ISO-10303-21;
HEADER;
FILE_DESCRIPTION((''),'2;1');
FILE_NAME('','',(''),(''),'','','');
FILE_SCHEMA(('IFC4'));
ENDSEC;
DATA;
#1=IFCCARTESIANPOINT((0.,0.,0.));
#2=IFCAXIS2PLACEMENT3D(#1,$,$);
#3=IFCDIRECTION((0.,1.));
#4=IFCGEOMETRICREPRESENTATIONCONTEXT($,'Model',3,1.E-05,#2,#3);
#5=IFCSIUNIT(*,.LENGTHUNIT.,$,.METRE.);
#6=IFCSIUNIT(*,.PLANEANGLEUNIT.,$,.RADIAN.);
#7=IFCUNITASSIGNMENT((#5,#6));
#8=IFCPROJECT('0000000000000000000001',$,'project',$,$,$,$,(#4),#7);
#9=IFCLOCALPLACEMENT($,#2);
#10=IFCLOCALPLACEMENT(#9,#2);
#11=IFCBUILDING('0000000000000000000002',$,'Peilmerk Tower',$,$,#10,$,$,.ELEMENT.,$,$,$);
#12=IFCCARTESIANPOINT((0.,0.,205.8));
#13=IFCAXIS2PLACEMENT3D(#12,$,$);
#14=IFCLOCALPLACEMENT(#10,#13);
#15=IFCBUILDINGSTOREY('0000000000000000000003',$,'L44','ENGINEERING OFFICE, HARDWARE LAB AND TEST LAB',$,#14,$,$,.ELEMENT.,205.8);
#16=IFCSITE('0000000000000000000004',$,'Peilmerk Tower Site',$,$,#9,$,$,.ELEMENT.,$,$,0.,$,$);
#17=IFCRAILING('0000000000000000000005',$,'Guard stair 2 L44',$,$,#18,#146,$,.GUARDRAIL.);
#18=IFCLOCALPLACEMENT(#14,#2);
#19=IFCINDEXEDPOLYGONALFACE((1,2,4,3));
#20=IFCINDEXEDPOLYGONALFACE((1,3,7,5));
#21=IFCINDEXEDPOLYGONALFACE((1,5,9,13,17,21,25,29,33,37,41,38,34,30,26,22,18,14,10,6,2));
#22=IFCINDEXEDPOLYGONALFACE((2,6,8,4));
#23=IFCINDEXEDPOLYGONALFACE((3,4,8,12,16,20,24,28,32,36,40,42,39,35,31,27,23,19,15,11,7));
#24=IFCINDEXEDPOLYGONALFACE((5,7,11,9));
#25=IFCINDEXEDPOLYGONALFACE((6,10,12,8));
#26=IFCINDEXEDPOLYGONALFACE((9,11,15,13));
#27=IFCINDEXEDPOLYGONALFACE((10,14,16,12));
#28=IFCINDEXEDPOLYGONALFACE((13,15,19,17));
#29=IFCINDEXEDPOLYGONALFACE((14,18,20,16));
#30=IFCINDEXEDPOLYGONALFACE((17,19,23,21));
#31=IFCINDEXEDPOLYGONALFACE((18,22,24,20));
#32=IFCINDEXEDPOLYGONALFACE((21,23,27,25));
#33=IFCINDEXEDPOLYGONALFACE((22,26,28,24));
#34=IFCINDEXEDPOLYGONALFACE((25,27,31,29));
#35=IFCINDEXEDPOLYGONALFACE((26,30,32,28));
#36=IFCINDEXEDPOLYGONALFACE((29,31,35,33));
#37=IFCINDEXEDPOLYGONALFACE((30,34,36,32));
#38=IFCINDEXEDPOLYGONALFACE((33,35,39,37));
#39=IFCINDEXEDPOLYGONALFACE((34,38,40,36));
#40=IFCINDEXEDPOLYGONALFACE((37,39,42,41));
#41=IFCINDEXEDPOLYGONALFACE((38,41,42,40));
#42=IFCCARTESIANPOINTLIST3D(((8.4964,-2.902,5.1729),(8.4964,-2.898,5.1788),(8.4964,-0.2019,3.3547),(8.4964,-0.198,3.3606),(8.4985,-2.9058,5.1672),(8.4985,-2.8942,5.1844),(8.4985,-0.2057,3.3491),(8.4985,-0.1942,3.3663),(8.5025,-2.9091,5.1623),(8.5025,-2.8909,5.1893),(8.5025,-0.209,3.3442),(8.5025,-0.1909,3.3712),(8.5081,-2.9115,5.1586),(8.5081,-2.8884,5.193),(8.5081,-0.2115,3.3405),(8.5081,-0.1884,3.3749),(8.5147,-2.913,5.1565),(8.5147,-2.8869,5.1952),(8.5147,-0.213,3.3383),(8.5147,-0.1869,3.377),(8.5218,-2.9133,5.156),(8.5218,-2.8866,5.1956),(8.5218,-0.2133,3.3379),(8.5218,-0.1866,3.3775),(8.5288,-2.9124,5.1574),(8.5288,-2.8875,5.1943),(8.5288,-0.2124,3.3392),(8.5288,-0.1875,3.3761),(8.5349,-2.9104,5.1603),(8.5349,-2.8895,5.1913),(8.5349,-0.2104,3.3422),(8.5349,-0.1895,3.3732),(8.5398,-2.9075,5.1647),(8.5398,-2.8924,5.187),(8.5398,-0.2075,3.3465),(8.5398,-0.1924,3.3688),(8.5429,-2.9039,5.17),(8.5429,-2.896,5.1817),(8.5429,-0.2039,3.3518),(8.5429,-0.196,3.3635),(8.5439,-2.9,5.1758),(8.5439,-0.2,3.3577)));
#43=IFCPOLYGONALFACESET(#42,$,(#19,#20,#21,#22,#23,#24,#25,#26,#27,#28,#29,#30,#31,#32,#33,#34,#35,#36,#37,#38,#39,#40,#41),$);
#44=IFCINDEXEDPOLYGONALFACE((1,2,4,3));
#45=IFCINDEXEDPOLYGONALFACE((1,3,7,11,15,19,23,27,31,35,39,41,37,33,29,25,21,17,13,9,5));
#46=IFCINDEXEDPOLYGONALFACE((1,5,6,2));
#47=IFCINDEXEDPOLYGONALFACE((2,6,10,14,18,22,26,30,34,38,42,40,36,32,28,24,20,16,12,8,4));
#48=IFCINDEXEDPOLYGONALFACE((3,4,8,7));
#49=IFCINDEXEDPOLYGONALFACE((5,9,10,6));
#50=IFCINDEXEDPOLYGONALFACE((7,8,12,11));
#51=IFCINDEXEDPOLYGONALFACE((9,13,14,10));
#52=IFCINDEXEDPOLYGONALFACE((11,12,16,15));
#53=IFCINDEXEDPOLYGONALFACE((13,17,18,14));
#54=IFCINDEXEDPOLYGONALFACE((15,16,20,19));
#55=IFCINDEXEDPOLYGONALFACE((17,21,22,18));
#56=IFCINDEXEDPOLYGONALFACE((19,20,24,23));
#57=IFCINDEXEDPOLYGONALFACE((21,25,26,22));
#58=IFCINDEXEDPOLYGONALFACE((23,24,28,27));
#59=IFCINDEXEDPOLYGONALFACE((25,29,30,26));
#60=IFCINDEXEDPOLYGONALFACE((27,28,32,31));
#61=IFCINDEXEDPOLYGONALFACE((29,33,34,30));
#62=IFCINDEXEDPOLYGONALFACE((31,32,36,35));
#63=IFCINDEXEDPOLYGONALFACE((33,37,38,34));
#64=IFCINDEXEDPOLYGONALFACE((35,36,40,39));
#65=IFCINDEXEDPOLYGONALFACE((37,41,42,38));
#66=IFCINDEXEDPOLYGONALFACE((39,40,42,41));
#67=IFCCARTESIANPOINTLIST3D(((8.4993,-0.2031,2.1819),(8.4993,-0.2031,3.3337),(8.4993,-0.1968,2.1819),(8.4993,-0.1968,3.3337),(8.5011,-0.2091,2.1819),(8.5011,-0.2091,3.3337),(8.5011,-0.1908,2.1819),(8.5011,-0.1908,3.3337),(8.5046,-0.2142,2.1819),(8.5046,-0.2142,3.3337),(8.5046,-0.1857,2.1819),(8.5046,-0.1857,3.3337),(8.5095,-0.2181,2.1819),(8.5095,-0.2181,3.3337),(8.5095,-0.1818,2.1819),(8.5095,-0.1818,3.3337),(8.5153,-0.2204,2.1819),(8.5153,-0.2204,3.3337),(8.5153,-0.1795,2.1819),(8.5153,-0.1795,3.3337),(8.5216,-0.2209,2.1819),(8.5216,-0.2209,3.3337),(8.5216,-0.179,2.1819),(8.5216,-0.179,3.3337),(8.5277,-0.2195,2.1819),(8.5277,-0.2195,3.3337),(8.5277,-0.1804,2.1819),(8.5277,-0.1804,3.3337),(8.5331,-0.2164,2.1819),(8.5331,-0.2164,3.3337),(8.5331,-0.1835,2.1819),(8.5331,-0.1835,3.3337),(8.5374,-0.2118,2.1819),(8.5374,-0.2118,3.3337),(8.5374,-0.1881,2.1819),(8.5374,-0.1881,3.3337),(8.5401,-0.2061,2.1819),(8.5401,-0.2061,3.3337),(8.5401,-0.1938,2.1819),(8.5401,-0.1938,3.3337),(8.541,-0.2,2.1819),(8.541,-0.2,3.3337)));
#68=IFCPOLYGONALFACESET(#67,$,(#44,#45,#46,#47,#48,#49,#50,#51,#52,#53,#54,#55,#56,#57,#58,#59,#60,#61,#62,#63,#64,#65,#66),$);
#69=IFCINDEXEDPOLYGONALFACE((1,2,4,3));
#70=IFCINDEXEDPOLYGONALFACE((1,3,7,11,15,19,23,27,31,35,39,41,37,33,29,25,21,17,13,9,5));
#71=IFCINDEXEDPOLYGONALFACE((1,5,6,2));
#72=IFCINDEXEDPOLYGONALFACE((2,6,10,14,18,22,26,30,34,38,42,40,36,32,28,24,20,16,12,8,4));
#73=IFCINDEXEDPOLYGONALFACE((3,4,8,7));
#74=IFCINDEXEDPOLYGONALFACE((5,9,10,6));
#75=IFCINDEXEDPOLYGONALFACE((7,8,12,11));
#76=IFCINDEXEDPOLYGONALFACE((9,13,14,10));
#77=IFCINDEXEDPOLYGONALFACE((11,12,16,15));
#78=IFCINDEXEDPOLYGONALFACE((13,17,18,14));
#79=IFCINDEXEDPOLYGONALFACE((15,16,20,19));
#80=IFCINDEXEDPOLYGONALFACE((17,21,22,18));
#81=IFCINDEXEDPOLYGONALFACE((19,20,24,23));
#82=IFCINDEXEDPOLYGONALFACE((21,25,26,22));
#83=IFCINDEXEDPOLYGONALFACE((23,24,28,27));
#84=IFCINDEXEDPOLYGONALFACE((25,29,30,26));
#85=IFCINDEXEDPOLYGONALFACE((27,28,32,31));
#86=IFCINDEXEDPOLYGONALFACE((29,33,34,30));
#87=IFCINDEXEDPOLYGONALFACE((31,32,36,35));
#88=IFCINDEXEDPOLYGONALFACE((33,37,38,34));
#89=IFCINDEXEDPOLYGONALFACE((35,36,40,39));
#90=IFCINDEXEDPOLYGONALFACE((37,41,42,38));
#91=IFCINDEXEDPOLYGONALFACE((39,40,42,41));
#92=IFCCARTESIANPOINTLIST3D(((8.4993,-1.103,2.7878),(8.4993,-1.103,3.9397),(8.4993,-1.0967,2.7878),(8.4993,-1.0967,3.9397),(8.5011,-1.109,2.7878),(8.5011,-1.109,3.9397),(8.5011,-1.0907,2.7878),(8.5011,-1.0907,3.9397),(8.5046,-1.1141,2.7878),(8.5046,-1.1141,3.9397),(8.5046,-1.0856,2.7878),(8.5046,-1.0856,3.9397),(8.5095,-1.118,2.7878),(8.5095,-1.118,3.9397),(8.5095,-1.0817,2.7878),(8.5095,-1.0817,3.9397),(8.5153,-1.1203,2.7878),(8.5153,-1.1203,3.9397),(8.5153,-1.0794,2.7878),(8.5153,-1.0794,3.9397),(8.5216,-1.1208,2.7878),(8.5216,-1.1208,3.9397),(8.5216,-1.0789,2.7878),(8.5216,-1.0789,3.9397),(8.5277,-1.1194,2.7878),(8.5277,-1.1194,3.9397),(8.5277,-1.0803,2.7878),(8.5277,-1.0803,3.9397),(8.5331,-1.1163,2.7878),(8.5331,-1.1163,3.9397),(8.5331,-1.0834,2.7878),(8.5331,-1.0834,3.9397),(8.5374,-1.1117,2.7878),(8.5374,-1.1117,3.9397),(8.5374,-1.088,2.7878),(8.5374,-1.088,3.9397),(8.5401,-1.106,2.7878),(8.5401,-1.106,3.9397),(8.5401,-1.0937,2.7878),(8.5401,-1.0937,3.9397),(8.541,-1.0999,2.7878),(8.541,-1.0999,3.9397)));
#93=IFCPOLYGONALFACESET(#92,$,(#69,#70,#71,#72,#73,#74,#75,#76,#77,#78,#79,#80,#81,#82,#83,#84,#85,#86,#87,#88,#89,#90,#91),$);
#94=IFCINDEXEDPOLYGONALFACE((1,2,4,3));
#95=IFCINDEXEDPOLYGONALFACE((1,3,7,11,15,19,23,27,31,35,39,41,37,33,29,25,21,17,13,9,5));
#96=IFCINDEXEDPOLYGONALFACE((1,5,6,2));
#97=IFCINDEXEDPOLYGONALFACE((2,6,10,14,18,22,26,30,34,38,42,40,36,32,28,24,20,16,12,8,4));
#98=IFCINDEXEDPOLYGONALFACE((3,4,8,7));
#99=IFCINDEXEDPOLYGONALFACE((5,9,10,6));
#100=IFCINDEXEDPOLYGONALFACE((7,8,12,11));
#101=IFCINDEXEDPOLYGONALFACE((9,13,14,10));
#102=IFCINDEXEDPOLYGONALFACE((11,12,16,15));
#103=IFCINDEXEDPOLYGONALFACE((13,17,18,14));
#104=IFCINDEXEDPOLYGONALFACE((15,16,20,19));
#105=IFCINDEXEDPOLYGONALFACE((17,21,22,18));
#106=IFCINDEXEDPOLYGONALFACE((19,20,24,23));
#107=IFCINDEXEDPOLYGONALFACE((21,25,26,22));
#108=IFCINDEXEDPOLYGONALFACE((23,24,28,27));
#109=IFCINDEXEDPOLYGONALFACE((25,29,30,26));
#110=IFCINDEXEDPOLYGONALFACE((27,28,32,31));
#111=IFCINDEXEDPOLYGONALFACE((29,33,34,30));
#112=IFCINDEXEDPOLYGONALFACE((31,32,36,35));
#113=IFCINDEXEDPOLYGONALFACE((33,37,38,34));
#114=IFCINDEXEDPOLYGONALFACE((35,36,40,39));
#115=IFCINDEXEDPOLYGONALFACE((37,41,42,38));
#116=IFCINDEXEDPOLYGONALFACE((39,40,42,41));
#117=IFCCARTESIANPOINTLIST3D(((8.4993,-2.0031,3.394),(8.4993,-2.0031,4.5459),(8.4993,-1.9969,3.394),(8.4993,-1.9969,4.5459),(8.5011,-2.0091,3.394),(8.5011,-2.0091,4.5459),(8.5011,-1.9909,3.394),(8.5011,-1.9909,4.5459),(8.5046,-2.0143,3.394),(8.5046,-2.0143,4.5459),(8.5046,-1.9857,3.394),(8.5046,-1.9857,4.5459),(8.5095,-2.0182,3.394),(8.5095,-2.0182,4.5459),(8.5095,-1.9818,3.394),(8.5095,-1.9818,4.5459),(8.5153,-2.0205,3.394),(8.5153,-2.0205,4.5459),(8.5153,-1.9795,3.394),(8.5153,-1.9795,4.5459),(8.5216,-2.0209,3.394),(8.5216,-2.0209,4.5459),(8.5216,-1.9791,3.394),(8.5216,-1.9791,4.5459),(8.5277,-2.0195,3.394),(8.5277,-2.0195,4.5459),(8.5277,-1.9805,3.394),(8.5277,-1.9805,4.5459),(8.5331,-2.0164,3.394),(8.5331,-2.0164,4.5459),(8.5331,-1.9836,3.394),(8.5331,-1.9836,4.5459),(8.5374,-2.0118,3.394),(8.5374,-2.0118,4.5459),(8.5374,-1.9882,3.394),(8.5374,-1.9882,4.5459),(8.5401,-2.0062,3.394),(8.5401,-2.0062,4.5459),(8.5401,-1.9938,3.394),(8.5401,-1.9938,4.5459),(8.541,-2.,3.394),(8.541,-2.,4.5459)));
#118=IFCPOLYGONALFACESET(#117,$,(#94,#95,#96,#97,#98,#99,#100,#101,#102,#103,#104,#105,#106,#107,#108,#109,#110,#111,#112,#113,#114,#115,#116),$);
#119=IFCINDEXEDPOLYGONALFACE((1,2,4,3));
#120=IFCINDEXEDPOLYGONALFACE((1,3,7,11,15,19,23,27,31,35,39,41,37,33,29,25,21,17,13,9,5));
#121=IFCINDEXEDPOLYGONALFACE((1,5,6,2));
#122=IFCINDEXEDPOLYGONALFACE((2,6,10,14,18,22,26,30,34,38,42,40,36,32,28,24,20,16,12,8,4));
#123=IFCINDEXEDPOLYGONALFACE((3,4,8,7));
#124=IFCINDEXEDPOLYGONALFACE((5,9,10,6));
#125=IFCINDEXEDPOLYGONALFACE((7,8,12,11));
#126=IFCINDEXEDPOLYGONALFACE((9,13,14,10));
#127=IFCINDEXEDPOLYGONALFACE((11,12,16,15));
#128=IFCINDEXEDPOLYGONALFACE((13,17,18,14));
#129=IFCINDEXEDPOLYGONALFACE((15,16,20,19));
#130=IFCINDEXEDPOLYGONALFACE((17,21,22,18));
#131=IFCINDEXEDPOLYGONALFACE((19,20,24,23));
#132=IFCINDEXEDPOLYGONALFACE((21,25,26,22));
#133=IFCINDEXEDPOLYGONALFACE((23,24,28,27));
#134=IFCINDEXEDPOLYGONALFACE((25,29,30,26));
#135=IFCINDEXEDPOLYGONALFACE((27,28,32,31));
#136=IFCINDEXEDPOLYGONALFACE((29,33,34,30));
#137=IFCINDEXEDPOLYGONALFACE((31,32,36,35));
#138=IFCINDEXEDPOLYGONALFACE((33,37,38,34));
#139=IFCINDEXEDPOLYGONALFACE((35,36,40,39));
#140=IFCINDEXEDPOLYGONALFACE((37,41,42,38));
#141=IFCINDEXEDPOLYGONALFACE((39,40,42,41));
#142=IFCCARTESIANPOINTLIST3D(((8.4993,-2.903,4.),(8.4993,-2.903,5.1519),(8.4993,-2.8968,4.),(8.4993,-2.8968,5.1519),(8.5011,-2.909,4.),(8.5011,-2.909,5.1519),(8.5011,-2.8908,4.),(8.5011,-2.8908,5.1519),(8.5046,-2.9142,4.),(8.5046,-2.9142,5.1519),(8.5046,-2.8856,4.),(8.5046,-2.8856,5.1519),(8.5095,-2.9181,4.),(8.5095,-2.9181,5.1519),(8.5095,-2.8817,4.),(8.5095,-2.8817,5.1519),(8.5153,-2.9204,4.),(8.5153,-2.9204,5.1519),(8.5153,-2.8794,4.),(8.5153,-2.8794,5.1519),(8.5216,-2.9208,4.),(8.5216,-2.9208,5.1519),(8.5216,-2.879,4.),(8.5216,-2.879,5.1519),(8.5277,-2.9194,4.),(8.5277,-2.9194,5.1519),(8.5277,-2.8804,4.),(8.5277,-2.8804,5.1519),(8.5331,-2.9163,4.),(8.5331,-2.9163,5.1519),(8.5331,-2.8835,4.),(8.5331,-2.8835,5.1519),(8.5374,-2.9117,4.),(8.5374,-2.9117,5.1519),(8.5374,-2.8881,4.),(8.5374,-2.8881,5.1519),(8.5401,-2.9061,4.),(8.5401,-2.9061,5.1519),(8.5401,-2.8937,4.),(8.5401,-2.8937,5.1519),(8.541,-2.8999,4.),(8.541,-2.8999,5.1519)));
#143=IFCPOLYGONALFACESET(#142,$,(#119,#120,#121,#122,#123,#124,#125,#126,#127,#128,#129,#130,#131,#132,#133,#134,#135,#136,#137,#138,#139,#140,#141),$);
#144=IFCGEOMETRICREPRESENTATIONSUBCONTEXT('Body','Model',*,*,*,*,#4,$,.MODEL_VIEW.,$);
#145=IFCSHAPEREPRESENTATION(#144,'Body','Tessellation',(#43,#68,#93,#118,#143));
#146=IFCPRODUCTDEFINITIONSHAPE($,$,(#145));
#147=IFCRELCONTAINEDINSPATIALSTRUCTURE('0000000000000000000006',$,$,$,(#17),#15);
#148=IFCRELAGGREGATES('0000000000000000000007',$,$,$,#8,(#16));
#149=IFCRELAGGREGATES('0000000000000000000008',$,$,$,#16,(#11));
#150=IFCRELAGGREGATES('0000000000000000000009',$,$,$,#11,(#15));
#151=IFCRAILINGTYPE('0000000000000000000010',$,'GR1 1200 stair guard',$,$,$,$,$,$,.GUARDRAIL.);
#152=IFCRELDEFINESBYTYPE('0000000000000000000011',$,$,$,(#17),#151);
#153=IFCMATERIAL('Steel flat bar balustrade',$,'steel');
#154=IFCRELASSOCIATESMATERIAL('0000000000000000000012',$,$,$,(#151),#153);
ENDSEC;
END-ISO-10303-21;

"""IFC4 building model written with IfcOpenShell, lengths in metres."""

from ifc_helpers import new_model, si_unit, direction, frame, origin, origin_2d, place, context, subcontext, project, spatial, circle, extrude, material, type_object, element, save


model = new_model("IFC4")

# Units and contexts
model_context = context("Model", 3, precision=1e-05, world=origin(), true_north=direction((0.0, 1.0)))
body_context = subcontext(model_context, "Body", "Model", "MODEL_VIEW")
ifc_project = project(units=[si_unit("LENGTHUNIT", "METRE"), si_unit("PLANEANGLEUNIT", "RADIAN")], contexts=[model_context])

# Site, building, storey
site_placement = place(None, origin())
site = spatial("IfcSite", under=ifc_project, at=site_placement, Name="Peilmerk Tower Site", CompositionType="ELEMENT", RefElevation=0.0)
building_placement = place(site_placement, origin())
building = spatial("IfcBuilding", under=site, at=building_placement, Name="Peilmerk Tower", CompositionType="ELEMENT")
storey_placement = place(building_placement, frame((0.0, 0.0, 205.8)))
storey = spatial("IfcBuildingStorey", under=building, at=storey_placement, Name="L44", Description="ENGINEERING OFFICE, HARDWARE LAB AND TEST LAB", CompositionType="ELEMENT", Elevation=205.8)

# Railing
ifc_material_1 = material(Name="Steel flat bar balustrade", Category="steel")
railing_type_1 = type_object("IfcRailingType", Name="GR1 1200 stair guard", PredefinedType="GUARDRAIL", material=ifc_material_1)
railing_1_placement = place(storey_placement, frame((8.52, -0.2, 2.1819)))
element("IfcRailing", 1, at=railing_1_placement, inside=storey, type_object=railing_type_1, Name="Guard stair 2 L44", PredefinedType="GUARDRAIL", context=body_context, shape_type="SweptSolid", body=[
    extrude(circle(Radius=0.0239, at=origin_2d()), frame((0.0, 0.0, 1.1758), z_axis=(0.0, -0.829468, 0.558554), x_axis=(1.0, 0.0, 0.0)), (0.0, 0.0, 1.0), 3.2551),
    extrude(circle(Radius=0.021, at=origin_2d()), origin(), (0.0, 0.0, 1.0), 1.1519),
    extrude(circle(Radius=0.021, at=origin_2d()), frame((0.0, -0.8999, 0.606)), (0.0, 0.0, 1.0), 1.1519),
    extrude(circle(Radius=0.021, at=origin_2d()), frame((0.0, -1.8, 1.2122)), (0.0, 0.0, 1.0), 1.1519),
    extrude(circle(Radius=0.021, at=origin_2d()), frame((0.0, -2.7, 1.8181)), (0.0, 0.0, 1.0), 1.1519),
])

save(model, "model.ifc")
